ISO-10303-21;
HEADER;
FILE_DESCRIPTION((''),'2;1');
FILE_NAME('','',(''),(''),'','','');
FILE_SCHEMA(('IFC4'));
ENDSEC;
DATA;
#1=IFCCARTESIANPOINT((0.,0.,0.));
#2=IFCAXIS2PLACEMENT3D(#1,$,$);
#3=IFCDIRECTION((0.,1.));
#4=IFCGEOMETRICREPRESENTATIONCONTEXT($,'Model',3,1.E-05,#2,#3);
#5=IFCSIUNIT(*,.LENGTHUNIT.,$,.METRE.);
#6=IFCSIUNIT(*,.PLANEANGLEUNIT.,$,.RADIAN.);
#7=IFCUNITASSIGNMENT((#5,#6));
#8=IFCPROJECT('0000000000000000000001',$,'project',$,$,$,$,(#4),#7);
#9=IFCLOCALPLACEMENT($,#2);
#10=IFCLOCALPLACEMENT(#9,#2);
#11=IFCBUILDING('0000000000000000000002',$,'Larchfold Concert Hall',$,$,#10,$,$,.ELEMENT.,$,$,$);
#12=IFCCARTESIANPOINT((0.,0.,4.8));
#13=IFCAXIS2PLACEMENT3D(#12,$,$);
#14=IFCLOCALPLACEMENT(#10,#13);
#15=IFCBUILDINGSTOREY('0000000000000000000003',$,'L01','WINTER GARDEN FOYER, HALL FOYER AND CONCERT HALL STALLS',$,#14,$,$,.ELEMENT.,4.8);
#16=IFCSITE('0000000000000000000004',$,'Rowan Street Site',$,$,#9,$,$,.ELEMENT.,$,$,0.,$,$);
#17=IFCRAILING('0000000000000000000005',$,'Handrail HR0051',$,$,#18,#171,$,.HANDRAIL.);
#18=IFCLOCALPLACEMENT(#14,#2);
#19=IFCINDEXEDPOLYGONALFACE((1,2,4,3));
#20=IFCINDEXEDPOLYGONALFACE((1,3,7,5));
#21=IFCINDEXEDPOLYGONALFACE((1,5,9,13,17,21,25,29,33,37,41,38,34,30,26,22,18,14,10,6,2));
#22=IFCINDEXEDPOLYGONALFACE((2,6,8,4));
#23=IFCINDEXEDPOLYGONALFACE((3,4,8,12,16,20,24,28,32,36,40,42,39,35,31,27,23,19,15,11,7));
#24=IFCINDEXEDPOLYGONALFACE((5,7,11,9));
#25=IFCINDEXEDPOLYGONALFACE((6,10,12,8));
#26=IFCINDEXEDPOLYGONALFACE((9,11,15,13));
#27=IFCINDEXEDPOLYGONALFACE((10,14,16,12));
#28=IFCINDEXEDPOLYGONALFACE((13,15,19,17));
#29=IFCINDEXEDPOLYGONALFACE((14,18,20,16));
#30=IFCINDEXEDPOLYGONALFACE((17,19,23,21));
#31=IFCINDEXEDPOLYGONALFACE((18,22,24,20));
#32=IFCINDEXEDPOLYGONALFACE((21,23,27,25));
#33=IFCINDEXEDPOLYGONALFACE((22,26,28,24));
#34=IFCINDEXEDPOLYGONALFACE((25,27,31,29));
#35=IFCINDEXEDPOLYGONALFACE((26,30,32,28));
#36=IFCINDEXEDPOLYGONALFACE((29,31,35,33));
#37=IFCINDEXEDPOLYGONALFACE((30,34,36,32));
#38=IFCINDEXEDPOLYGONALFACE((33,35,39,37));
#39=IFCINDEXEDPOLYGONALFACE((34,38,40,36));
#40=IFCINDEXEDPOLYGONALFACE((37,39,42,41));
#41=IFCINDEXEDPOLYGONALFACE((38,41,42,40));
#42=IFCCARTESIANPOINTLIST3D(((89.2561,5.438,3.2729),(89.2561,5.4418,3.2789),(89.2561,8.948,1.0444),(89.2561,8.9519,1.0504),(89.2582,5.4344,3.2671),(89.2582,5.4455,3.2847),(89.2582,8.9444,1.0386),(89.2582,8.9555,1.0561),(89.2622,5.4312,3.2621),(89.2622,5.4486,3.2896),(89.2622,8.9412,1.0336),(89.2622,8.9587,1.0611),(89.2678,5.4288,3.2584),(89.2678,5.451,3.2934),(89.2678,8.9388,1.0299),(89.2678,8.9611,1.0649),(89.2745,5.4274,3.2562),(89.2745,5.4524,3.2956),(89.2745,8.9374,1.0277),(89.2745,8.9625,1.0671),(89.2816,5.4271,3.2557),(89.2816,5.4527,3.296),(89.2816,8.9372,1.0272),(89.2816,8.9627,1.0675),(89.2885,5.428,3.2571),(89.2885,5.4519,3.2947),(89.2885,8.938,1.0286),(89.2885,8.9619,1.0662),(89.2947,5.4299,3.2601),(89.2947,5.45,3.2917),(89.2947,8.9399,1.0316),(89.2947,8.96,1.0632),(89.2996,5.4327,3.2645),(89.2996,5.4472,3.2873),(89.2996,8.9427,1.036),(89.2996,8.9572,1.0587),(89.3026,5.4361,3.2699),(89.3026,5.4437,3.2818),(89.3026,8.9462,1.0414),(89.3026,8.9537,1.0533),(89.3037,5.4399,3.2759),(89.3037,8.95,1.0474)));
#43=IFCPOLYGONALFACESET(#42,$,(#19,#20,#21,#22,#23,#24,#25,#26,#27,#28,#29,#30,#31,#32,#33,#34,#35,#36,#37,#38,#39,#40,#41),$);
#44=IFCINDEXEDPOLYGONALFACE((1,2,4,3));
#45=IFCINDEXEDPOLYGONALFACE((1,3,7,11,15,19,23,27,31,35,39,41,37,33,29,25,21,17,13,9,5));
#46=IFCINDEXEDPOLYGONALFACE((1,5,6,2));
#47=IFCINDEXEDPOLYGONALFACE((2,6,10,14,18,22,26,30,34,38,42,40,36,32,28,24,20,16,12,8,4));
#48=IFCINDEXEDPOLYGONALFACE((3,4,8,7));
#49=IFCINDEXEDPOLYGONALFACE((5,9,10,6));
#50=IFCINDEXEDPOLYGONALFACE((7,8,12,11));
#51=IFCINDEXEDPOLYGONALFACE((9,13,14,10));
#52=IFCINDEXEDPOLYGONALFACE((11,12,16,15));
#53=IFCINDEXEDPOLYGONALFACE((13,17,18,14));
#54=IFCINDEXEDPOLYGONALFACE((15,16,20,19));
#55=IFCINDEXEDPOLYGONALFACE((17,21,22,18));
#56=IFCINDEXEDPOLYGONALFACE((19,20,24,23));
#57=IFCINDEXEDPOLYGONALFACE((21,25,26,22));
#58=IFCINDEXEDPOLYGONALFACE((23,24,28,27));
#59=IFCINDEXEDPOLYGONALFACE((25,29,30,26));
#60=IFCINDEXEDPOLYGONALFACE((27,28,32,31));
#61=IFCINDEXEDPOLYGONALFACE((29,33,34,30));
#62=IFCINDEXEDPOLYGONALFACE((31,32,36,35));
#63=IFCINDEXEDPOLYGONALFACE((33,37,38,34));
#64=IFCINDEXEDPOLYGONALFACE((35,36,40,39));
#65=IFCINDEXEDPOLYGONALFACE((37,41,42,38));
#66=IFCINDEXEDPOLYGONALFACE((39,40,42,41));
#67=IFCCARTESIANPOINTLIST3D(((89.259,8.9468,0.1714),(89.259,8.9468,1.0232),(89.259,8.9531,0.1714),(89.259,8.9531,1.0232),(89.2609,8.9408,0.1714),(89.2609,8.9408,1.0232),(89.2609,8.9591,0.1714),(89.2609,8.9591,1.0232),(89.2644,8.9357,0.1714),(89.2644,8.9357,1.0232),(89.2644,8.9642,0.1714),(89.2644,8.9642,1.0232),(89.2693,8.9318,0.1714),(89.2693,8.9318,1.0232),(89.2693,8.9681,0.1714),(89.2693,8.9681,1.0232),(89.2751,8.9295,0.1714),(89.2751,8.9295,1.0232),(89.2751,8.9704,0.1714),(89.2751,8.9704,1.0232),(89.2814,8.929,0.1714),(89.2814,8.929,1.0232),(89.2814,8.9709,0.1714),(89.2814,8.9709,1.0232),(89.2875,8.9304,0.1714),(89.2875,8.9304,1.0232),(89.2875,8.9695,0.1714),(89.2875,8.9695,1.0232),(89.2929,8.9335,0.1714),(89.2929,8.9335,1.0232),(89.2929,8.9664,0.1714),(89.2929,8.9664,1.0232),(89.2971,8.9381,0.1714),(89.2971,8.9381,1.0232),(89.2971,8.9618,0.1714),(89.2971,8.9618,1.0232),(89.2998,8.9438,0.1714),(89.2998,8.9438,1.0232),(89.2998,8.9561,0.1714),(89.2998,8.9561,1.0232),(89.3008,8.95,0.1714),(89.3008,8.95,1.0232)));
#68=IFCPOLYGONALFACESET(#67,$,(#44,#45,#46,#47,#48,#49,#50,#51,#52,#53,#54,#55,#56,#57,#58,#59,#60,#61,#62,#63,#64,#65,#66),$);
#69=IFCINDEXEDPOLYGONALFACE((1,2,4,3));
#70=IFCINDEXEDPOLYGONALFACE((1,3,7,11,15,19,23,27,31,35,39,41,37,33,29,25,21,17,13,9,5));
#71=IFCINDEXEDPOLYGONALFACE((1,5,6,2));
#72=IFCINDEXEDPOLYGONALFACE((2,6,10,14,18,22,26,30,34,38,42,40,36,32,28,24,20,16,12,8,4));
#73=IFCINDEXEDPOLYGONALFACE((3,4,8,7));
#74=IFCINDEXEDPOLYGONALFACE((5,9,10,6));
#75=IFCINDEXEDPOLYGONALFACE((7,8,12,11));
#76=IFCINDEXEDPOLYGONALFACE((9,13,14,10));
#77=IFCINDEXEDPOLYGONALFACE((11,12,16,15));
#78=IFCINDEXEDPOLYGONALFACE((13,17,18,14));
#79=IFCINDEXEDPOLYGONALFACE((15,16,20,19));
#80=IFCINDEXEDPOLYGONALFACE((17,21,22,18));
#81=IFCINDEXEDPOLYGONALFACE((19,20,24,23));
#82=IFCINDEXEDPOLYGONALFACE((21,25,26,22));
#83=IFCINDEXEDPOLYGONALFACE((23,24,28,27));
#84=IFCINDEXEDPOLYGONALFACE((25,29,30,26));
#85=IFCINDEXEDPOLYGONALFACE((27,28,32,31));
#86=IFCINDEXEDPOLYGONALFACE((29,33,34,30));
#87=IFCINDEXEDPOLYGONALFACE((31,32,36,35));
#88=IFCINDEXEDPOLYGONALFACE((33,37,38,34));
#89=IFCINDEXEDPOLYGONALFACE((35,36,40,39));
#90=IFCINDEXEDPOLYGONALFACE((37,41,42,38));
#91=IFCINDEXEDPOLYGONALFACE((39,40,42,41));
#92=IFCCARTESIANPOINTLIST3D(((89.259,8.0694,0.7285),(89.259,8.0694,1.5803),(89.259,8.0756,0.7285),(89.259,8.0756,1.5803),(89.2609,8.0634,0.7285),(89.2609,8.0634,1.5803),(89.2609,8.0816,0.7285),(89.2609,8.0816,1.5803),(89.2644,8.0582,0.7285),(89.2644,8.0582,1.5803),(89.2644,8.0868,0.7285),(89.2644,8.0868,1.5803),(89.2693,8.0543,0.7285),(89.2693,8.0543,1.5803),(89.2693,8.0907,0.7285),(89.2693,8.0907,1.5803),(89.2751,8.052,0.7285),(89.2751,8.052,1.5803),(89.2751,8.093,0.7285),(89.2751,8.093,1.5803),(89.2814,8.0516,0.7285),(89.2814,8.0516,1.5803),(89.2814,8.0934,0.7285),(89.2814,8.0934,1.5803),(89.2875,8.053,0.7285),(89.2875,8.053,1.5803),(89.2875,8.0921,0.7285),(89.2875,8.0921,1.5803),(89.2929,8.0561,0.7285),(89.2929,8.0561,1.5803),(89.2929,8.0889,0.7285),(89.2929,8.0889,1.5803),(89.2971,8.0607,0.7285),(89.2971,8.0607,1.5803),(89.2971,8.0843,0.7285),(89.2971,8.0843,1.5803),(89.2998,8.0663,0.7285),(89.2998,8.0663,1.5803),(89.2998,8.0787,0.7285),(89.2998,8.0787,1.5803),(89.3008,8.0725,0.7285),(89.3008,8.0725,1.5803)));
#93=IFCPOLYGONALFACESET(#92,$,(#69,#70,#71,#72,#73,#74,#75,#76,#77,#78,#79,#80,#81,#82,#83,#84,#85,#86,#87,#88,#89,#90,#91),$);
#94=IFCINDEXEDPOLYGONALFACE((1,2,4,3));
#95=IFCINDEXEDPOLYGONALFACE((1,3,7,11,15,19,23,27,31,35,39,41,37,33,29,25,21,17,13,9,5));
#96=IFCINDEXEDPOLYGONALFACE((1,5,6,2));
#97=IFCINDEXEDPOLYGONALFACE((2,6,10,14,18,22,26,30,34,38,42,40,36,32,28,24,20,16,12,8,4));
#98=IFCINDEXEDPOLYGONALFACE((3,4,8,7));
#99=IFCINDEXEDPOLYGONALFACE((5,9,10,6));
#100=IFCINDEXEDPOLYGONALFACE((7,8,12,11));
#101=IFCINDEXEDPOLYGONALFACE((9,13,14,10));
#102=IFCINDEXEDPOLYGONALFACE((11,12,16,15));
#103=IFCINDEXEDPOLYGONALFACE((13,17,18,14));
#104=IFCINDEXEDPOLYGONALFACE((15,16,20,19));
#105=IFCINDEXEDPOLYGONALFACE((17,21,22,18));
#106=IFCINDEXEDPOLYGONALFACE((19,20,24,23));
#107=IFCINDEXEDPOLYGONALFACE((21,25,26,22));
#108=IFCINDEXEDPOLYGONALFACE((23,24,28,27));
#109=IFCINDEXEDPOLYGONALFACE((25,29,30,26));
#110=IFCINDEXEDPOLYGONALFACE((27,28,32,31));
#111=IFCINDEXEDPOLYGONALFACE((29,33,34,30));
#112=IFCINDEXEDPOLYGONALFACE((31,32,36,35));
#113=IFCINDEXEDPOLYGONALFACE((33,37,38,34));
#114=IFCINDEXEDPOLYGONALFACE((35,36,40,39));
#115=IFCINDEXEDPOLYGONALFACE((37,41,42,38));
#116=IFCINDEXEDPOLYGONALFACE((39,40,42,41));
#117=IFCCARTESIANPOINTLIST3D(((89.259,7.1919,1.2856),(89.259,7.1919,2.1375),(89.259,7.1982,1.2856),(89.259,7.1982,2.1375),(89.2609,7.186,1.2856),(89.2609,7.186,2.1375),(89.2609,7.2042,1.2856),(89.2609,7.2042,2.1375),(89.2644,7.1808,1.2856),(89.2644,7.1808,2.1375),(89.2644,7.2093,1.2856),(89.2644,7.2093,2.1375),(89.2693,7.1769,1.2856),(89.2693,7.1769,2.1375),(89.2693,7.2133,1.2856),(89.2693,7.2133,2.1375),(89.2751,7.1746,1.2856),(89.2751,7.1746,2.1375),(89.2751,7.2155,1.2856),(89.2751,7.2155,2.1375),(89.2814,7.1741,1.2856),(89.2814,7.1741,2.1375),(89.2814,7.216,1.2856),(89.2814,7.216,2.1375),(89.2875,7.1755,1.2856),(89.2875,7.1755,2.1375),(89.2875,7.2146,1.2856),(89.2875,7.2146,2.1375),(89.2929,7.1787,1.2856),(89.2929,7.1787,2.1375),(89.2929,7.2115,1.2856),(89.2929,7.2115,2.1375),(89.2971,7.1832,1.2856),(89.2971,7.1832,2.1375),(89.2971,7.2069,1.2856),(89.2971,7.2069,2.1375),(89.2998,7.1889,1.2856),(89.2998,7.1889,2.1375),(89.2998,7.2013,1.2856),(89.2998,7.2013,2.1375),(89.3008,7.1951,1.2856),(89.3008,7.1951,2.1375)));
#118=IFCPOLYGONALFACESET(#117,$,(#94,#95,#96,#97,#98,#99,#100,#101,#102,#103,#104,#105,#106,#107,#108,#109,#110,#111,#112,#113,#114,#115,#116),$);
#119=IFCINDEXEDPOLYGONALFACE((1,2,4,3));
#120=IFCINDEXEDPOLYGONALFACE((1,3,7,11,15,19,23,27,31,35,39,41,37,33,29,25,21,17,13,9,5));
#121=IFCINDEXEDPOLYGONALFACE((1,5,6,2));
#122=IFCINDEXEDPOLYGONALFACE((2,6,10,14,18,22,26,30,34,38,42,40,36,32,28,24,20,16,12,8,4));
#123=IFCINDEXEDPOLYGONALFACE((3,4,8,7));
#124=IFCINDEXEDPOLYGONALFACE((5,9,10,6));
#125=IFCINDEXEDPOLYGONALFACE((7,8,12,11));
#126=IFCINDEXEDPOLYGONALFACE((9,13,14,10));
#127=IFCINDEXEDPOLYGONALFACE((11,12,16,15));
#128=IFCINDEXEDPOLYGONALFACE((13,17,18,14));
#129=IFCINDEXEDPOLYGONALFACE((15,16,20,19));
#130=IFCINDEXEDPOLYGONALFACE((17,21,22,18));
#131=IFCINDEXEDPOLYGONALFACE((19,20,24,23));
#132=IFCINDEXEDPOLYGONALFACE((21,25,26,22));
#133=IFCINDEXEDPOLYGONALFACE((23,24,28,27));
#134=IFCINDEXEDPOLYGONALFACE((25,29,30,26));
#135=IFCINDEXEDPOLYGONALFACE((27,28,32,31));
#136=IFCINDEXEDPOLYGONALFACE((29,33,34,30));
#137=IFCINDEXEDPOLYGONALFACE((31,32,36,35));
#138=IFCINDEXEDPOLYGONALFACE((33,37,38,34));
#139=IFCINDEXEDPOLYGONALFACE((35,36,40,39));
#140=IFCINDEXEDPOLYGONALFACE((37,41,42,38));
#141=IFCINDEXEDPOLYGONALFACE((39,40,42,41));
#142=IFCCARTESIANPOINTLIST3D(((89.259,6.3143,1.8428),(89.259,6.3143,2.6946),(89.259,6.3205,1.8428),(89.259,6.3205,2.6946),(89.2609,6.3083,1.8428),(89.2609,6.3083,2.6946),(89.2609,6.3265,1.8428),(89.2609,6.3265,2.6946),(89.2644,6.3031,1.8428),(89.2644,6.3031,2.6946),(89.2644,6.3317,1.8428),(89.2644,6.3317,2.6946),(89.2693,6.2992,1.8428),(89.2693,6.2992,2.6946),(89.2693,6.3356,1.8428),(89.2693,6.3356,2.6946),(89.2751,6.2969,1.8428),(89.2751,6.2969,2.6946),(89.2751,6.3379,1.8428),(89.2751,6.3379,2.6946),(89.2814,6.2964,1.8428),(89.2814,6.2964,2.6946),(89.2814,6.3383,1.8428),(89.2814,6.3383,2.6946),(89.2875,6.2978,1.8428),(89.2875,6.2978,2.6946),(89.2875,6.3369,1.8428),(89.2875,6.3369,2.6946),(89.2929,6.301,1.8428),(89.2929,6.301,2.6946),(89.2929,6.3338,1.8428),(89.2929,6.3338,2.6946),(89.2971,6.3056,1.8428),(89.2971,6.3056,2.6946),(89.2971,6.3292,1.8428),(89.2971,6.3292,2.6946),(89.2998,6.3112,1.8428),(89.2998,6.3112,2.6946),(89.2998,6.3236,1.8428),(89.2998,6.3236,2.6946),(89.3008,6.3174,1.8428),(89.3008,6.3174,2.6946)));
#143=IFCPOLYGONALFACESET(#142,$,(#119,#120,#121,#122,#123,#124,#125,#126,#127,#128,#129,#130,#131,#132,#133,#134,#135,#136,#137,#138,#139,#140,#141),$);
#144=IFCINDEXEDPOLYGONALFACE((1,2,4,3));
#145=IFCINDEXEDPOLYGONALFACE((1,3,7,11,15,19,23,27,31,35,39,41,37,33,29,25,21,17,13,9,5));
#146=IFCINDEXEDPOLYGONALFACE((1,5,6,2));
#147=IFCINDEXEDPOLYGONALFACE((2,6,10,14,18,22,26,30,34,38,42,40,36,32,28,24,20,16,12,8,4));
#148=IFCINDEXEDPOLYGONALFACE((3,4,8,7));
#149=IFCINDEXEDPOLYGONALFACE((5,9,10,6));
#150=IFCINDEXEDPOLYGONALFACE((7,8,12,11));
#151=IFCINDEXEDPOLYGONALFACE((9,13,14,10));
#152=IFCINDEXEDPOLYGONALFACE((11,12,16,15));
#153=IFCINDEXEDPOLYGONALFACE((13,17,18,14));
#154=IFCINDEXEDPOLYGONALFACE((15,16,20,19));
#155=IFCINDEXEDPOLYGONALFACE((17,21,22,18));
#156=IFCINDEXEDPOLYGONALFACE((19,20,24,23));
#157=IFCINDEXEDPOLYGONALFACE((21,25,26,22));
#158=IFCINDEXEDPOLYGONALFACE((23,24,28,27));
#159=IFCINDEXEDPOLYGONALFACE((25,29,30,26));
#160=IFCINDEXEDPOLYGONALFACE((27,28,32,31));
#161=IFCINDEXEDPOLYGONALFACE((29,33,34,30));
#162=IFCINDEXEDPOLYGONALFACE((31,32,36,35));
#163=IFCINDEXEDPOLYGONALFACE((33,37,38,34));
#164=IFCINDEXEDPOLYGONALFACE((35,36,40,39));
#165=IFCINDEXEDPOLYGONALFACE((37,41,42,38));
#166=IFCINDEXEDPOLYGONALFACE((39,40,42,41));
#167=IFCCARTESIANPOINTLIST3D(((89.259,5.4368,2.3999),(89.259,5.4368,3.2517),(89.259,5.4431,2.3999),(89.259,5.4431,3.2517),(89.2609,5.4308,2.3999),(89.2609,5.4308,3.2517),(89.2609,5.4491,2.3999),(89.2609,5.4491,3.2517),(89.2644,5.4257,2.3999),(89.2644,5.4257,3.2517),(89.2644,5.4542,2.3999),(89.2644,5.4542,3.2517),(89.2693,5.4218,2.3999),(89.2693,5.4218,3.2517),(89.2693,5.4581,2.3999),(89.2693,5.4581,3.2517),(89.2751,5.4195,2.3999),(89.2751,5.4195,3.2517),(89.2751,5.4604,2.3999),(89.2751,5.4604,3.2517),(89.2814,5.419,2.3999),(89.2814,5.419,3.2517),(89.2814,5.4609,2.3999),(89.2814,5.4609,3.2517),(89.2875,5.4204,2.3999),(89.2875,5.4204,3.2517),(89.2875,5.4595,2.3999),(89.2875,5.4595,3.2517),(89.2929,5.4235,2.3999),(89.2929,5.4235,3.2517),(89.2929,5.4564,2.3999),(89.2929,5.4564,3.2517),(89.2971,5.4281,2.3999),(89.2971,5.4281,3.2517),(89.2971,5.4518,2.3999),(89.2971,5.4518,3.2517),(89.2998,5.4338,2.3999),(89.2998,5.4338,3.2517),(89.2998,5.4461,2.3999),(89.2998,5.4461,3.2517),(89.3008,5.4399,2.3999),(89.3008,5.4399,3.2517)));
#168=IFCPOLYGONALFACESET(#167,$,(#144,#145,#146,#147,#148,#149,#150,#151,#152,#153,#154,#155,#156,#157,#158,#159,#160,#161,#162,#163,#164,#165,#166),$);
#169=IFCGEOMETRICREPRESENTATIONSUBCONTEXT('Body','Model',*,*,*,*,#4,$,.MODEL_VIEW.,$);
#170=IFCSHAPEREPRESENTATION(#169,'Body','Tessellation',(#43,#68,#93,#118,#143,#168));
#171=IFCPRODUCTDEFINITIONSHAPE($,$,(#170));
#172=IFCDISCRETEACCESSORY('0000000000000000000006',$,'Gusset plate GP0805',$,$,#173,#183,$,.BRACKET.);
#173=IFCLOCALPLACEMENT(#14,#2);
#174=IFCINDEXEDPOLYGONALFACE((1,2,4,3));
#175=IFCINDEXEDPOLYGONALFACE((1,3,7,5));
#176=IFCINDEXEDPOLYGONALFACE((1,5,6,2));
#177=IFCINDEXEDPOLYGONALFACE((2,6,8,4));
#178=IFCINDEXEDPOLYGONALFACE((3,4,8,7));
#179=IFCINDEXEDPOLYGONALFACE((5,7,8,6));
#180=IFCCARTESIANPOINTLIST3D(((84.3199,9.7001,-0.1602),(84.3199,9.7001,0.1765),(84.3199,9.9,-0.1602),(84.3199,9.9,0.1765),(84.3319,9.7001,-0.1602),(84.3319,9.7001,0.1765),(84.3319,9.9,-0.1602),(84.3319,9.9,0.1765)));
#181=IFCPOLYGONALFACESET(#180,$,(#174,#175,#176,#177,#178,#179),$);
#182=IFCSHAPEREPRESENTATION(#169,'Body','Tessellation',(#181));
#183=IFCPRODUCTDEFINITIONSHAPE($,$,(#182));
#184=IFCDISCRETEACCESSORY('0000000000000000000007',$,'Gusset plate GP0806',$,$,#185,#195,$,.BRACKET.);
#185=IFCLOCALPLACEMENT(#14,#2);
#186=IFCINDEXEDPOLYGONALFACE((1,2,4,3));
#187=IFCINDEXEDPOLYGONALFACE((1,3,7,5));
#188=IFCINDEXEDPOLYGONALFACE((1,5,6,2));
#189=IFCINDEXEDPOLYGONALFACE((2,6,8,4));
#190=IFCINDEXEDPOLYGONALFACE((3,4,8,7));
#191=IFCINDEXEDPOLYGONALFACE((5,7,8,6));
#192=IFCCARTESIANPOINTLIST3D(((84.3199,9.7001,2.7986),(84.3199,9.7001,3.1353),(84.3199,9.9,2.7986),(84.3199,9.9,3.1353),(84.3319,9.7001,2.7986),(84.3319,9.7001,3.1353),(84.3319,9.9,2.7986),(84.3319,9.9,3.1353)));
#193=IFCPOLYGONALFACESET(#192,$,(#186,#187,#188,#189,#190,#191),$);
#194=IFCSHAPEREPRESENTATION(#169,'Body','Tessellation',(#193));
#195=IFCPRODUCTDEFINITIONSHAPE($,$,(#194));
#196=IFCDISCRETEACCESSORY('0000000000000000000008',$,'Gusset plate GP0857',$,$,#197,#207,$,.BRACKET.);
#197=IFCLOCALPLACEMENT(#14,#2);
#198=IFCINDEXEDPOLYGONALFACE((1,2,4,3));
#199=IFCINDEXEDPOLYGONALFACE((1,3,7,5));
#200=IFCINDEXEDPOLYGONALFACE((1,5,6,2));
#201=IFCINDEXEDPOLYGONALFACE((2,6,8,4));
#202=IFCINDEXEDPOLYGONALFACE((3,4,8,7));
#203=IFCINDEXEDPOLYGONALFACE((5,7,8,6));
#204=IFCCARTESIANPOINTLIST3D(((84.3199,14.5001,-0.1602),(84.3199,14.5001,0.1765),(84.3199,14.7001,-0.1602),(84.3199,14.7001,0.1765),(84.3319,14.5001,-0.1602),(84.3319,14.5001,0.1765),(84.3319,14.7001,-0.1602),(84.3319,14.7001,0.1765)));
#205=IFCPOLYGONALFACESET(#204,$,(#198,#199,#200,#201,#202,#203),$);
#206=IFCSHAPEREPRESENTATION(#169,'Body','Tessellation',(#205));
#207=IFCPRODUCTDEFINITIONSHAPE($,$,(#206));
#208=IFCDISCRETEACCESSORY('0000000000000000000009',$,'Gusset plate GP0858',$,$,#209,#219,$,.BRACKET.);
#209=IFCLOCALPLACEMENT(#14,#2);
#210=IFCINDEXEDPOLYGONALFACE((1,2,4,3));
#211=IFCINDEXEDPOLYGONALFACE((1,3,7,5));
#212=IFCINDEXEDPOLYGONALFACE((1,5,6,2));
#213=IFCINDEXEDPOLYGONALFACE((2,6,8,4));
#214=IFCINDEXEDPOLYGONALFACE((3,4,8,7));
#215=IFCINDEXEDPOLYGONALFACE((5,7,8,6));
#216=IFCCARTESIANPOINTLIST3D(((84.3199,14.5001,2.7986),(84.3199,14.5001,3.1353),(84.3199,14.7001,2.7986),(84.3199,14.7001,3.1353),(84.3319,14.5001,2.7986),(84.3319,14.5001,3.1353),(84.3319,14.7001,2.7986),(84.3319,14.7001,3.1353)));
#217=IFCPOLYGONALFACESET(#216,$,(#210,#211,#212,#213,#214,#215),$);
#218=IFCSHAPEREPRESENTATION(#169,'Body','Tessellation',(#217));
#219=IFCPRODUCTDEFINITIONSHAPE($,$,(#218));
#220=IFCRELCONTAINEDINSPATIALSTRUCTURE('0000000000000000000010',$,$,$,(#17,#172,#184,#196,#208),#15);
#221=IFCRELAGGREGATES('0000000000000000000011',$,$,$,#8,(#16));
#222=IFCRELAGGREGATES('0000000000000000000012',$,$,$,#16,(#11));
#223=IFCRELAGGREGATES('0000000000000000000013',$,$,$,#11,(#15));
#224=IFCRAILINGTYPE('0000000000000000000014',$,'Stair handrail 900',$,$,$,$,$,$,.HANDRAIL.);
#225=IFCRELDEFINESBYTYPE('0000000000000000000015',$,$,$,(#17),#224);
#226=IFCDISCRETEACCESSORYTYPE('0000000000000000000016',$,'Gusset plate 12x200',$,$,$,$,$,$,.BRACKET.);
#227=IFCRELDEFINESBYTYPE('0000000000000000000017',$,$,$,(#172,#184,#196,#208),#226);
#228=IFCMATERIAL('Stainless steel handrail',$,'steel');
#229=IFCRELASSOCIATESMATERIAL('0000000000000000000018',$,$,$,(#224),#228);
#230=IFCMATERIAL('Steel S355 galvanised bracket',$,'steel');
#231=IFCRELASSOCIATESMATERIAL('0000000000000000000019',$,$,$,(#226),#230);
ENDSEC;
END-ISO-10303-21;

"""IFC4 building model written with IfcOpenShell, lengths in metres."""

from ifc_helpers import new_model, si_unit, direction, frame, origin, origin_2d, place, context, subcontext, project, spatial, rectangle, circle, extrude, material, material_profile, profile_set, type_object, element, save


model = new_model("IFC4")

# Units and contexts
model_context = context("Model", 3, precision=1e-05, world=origin(), true_north=direction((0.0, 1.0)))
body_context = subcontext(model_context, "Body", "Model", "MODEL_VIEW")
ifc_project = project(units=[si_unit("LENGTHUNIT", "METRE"), si_unit("PLANEANGLEUNIT", "RADIAN")], contexts=[model_context])

# Site, building, storey
site_placement = place(None, origin())
site = spatial("IfcSite", under=ifc_project, at=site_placement, Name="Rowan Street Site", CompositionType="ELEMENT", RefElevation=0.0)
building_placement = place(site_placement, origin())
building = spatial("IfcBuilding", under=site, at=building_placement, Name="Larchfold Concert Hall", CompositionType="ELEMENT")
storey_placement = place(building_placement, frame((0.0, 0.0, 4.8)))
storey = spatial("IfcBuildingStorey", under=building, at=storey_placement, Name="L01", Description="WINTER GARDEN FOYER, HALL FOYER AND CONCERT HALL STALLS", CompositionType="ELEMENT", Elevation=4.8)

# Railing
ifc_material_1 = material(Name="Stainless steel handrail", Category="steel")
railing_type_1 = type_object("IfcRailingType", Name="Stair handrail 900", PredefinedType="HANDRAIL", material=ifc_material_1)
railing_1_placement = place(storey_placement, frame((89.2798, 8.95, 0.1714)))
element("IfcRailing", 1, at=railing_1_placement, inside=storey, type_object=railing_type_1, Name="Handrail HR0051", PredefinedType="HANDRAIL", context=body_context, shape_type="SweptSolid", body=[
    extrude(circle(Radius=0.0239, at=origin_2d()), frame((0.0, 0.0, 0.876), z_axis=(0.0, -0.84422, 0.535998), x_axis=(1.0, 0.0, 0.0)), (0.0, 0.0, 1.0), 4.1577),
    extrude(circle(Radius=0.021, at=origin_2d()), origin(), (0.0, 0.0, 1.0), 0.8518),
    extrude(circle(Radius=0.021, at=origin_2d()), frame((0.0, -0.8774, 0.5571)), (0.0, 0.0, 1.0), 0.8518),
    extrude(circle(Radius=0.021, at=origin_2d()), frame((0.0, -1.7549, 1.1143)), (0.0, 0.0, 1.0), 0.8518),
    extrude(circle(Radius=0.021, at=origin_2d()), frame((0.0, -2.6326, 1.6714)), (0.0, 0.0, 1.0), 0.8518),
    extrude(circle(Radius=0.021, at=origin_2d()), frame((0.0, -3.51, 2.2285)), (0.0, 0.0, 1.0), 0.8518),
])

# Discrete accessories
ifc_material_2 = material(Name="Steel S355 galvanised bracket", Category="steel")
ifc_material_profile_1 = material_profile(ifc_material_2, rectangle(XDim=0.012, YDim=0.2, at=origin_2d()))
ifc_profile_set_1 = profile_set([ifc_material_profile_1], Name="Steel S355 galvanised bracket")
discrete_accessory_type = type_object("IfcDiscreteAccessoryType", Name="Gusset plate 12x200", PredefinedType="BRACKET", material=ifc_profile_set_1)
for number, where, z_axis, x_axis, name in (
    (2, (84.3259, 9.8, -0.1602), (0.0, 0.0, 1.0), (1.0, 0.0, 0.0), "Gusset plate GP0805"),
    (3, (84.3259, 9.8, 2.7986), (0.0, 0.0, 1.0), (1.0, 0.0, 0.0), "Gusset plate GP0806"),
    (4, (84.3259, 14.6001, -0.1602), (0.0, 0.0, 1.0), (1.0, 0.0, 0.0), "Gusset plate GP0857"),
    (5, (84.3259, 14.6001, 2.7986), (0.0, 0.0, 1.0), (1.0, 0.0, 0.0), "Gusset plate GP0858"),
):
    element("IfcDiscreteAccessory", number, at=place(storey_placement, frame(where, z_axis=z_axis, x_axis=x_axis)), inside=storey, type_object=discrete_accessory_type, Name=name, PredefinedType="BRACKET", context=body_context, shape_type="SweptSolid", body=[
        extrude(rectangle(XDim=0.012, YDim=0.2, at=origin_2d()), origin(), (0.0, 0.0, 1.0), 0.3367),
    ])

save(model, "model.ifc")
